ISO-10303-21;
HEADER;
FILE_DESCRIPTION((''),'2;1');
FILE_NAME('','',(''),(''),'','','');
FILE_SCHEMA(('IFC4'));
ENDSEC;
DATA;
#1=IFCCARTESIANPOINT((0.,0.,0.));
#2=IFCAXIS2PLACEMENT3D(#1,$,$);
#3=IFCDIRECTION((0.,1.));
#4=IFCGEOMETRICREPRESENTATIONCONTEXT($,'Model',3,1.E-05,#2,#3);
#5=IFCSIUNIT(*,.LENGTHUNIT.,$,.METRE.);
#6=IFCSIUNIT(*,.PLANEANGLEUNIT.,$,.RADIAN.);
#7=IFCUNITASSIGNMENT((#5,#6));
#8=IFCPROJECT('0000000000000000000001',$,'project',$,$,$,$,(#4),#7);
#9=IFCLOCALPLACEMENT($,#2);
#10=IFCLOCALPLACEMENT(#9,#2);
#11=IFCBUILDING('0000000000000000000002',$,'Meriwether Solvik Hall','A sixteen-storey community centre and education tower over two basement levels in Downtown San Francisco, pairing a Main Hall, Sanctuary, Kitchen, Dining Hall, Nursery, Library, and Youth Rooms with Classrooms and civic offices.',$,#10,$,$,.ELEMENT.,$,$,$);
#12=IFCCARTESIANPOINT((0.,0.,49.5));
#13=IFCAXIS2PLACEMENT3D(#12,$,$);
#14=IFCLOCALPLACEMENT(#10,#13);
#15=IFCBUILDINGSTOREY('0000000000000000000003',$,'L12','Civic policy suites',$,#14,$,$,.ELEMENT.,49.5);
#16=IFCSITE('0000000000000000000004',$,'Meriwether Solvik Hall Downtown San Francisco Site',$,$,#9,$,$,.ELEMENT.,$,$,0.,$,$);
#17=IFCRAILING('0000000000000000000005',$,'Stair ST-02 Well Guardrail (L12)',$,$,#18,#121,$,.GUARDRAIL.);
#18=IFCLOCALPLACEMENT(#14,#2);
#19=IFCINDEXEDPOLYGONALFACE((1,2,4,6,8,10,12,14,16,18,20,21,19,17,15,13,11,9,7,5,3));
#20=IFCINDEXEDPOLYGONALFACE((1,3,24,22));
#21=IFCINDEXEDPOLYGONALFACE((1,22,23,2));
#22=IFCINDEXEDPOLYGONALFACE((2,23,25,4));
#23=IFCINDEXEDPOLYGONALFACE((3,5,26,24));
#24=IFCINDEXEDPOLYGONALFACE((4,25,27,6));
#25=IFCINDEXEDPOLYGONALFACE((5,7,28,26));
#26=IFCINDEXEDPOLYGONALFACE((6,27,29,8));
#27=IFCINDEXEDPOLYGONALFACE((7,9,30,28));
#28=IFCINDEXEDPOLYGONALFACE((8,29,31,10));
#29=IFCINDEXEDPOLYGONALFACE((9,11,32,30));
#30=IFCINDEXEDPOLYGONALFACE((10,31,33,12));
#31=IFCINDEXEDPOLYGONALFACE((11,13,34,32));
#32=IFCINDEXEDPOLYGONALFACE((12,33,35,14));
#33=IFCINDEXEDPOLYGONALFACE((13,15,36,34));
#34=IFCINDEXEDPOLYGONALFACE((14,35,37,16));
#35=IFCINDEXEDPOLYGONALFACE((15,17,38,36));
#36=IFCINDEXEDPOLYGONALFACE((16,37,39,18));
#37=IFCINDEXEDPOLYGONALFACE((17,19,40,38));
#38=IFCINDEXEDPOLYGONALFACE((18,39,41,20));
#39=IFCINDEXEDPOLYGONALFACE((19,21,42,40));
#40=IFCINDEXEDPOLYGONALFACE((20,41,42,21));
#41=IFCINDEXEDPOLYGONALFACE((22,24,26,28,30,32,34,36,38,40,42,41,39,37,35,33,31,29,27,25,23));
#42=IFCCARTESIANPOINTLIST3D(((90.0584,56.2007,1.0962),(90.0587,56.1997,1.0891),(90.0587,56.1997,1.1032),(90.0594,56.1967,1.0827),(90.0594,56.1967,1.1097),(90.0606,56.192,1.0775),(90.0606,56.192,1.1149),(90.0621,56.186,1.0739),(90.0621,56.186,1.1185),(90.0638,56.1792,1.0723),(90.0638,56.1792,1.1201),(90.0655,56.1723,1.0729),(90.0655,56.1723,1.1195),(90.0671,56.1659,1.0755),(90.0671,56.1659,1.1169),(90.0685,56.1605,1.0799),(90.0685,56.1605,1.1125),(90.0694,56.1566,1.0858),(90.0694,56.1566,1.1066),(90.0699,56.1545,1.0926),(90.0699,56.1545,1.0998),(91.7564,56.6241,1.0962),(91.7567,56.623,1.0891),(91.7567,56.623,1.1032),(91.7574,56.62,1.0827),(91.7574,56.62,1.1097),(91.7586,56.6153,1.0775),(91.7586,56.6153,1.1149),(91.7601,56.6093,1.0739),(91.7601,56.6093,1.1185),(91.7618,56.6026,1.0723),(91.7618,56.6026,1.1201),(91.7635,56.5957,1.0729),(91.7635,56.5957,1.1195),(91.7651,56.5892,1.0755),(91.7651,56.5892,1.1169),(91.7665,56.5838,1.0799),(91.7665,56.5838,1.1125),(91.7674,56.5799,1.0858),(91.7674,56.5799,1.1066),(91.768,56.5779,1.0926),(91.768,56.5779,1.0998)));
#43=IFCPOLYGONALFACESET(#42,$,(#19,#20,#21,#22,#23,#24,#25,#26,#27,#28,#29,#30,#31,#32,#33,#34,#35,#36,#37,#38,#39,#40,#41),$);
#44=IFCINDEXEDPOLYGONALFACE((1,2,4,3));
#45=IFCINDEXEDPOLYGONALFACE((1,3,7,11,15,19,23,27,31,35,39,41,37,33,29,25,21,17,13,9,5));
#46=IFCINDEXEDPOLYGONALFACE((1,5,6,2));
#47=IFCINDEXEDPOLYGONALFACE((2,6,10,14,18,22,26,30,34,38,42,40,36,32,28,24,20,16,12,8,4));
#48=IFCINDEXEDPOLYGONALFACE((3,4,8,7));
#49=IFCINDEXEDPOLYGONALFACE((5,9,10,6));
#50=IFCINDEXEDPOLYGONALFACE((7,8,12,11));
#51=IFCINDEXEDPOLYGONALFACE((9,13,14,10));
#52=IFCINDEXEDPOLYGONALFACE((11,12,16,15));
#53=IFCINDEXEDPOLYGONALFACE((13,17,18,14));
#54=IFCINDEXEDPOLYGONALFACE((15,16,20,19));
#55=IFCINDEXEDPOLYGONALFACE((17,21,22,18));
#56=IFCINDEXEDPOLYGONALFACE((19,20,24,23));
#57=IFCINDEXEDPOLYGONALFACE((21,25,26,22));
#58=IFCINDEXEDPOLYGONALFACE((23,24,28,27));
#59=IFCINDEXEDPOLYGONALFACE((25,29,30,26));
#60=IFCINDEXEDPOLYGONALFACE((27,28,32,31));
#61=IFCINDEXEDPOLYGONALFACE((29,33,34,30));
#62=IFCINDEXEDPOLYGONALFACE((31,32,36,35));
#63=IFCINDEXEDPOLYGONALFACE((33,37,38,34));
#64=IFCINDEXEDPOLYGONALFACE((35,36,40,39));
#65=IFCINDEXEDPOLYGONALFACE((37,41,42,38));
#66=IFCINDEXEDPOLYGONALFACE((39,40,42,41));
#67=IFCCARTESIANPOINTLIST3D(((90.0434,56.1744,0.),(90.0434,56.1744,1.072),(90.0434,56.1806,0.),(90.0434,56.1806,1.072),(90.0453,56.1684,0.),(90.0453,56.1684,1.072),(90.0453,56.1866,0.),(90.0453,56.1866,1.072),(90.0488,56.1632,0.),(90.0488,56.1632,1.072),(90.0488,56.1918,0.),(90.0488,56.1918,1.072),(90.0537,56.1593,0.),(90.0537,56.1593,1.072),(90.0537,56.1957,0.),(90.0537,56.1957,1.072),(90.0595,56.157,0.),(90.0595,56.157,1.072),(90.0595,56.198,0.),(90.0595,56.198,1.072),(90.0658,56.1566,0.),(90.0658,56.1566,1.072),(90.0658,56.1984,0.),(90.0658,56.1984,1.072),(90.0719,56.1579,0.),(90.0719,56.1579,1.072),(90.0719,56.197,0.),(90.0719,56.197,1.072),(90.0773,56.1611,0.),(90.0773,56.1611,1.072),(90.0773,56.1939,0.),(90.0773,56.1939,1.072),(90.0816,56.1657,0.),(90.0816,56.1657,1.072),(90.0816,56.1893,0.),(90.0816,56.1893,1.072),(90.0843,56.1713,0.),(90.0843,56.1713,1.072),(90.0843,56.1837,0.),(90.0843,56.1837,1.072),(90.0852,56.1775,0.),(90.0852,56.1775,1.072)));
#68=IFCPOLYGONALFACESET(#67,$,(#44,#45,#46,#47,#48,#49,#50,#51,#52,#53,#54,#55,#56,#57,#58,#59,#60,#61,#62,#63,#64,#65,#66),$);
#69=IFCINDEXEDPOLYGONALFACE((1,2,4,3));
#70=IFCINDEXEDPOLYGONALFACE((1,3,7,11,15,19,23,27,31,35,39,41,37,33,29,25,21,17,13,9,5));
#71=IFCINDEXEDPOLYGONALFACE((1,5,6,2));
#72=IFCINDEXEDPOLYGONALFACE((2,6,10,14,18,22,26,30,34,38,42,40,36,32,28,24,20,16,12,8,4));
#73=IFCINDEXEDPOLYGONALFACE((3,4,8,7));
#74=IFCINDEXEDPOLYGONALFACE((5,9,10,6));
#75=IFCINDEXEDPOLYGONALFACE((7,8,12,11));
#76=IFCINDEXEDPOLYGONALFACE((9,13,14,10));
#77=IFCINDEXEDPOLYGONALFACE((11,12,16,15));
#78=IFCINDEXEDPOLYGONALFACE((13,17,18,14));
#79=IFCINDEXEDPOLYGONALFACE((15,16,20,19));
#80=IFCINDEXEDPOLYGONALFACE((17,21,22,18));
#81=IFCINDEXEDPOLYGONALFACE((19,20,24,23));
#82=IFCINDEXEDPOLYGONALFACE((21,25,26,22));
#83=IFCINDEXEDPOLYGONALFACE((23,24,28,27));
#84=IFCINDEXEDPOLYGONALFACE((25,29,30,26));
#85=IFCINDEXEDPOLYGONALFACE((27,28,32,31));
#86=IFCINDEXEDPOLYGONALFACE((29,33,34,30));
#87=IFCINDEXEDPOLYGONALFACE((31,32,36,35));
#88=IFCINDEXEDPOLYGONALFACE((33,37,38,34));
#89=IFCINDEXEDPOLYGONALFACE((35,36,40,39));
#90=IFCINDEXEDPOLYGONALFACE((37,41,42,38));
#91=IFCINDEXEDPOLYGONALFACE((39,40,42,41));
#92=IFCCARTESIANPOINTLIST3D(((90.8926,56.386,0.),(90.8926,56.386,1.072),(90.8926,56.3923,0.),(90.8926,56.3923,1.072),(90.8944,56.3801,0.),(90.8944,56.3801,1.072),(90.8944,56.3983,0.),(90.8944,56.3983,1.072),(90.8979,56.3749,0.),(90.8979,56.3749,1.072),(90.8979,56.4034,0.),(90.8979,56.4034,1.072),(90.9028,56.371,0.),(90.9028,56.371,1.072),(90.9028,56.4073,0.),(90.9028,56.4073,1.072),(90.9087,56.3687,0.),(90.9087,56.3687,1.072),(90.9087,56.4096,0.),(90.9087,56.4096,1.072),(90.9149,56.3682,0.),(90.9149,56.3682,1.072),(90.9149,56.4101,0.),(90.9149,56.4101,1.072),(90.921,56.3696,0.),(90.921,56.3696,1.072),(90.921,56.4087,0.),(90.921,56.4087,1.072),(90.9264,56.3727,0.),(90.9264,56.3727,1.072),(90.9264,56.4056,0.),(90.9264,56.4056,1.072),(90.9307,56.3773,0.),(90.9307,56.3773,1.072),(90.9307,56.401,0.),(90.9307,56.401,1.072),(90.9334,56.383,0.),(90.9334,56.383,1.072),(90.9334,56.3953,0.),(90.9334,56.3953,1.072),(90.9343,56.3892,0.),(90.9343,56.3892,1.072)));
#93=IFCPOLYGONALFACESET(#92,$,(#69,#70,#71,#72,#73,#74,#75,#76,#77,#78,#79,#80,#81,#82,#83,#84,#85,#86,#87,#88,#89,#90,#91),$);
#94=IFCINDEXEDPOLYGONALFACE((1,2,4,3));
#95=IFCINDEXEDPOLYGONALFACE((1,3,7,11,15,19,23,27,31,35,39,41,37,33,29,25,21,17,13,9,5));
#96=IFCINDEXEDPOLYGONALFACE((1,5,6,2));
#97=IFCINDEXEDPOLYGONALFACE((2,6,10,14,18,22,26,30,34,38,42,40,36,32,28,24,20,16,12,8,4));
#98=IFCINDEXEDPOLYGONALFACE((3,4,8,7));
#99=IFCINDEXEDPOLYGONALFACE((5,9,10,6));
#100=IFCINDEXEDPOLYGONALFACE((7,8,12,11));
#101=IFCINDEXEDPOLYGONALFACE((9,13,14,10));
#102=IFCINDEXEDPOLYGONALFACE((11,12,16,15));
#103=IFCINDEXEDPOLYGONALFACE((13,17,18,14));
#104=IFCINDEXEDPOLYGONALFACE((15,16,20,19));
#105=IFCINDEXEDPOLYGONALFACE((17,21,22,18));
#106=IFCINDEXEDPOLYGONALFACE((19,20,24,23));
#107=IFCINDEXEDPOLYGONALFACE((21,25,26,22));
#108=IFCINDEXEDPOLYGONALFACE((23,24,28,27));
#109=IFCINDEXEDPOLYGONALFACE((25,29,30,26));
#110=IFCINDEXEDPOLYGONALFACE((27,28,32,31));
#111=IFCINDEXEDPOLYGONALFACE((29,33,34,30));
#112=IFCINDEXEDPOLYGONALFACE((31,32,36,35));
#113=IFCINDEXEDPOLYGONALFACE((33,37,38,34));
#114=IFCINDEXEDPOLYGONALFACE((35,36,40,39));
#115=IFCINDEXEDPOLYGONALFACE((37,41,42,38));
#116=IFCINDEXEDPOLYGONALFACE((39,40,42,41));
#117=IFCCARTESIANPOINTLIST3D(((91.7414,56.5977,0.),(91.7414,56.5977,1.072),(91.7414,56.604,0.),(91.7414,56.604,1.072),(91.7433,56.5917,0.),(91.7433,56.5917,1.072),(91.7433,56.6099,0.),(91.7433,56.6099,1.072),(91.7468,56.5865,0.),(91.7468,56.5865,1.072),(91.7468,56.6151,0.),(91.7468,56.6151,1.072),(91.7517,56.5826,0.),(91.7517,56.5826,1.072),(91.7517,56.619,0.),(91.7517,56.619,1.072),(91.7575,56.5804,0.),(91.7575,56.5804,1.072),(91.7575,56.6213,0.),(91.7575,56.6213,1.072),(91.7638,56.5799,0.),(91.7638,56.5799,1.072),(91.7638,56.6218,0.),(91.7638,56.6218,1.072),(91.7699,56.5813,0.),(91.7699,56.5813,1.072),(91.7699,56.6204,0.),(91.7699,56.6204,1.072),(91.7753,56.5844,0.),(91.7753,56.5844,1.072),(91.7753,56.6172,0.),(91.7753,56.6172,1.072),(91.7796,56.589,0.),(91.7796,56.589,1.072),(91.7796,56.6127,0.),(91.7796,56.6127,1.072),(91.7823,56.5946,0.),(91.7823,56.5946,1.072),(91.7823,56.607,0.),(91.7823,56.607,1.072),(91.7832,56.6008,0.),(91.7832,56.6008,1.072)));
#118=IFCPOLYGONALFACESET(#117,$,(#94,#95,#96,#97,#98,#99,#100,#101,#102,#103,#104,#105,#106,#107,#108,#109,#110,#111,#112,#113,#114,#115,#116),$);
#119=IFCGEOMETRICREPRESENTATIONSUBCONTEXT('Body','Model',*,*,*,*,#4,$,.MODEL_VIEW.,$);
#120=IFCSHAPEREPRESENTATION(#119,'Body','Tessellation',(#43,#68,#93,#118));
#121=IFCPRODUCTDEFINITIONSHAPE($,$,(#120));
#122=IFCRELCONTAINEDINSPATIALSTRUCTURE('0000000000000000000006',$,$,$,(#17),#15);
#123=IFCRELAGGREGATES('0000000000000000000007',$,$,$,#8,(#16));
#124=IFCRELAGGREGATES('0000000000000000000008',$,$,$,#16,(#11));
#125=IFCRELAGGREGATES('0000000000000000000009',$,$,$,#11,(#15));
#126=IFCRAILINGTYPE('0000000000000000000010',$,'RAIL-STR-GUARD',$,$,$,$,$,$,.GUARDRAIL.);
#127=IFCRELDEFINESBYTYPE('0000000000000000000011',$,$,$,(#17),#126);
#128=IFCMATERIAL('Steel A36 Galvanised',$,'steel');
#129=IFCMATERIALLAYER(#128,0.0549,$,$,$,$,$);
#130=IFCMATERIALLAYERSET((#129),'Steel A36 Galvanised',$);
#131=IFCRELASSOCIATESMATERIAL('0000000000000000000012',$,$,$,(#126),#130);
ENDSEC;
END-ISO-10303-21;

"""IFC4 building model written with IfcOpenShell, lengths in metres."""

from ifc_helpers import new_model, si_unit, direction, frame, origin, origin_2d, place, context, subcontext, project, spatial, circle, extrude, material, layer, layer_set, type_object, element, save


model = new_model("IFC4")

# Units and contexts
model_context = context("Model", 3, precision=1e-05, world=origin(), true_north=direction((0.0, 1.0)))
body_context = subcontext(model_context, "Body", "Model", "MODEL_VIEW")
ifc_project = project(units=[si_unit("LENGTHUNIT", "METRE"), si_unit("PLANEANGLEUNIT", "RADIAN")], contexts=[model_context])

# Site, building, storey
site_placement = place(None, origin())
site = spatial("IfcSite", under=ifc_project, at=site_placement, Name="Meriwether Solvik Hall Downtown San Francisco Site", CompositionType="ELEMENT", RefElevation=0.0)
building_placement = place(site_placement, origin())
building = spatial("IfcBuilding", under=site, at=building_placement, Name="Meriwether Solvik Hall", Description="A sixteen-storey community centre and education tower over two basement levels in Downtown San Francisco, pairing a Main Hall, Sanctuary, Kitchen, Dining Hall, Nursery, Library, and Youth Rooms with Classrooms and civic offices.", CompositionType="ELEMENT")
storey_placement = place(building_placement, frame((0.0, 0.0, 49.5)))
storey = spatial("IfcBuildingStorey", under=building, at=storey_placement, Name="L12", Description="Civic policy suites", CompositionType="ELEMENT", Elevation=49.5)

# Railing
ifc_material_1 = material(Name="Steel A36 Galvanised", Category="steel")
ifc_layer_1 = layer(ifc_material_1, 0.0549)
ifc_layer_set_1 = layer_set([ifc_layer_1], Name="Steel A36 Galvanised")
railing_type_1 = type_object("IfcRailingType", Name="RAIL-STR-GUARD", PredefinedType="GUARDRAIL", material=ifc_layer_set_1)
railing_1_placement = place(storey_placement, frame((90.0642, 56.1775, 0.0)))
element("IfcRailing", 1, at=railing_1_placement, inside=storey, type_object=railing_type_1, Name="Stair ST-02 Well Guardrail (L12)", PredefinedType="GUARDRAIL", context=body_context, shape_type="SweptSolid", body=[
    extrude(circle(Radius=0.0239, at=origin_2d()), frame((0.0, 0.0, 1.0962), z_axis=(0.970298, 0.241912, 0.0), x_axis=(-0.241912, 0.970298, 0.0)), (0.0, 0.0, 1.0), 1.75),
    extrude(circle(Radius=0.021, at=origin_2d()), origin(), (0.0, 0.0, 1.0), 1.072),
    extrude(circle(Radius=0.021, at=origin_2d()), frame((0.8491, 0.2117, 0.0)), (0.0, 0.0, 1.0), 1.072),
    extrude(circle(Radius=0.021, at=origin_2d()), frame((1.698, 0.4233, 0.0)), (0.0, 0.0, 1.0), 1.072),
])

save(model, "model.ifc")
